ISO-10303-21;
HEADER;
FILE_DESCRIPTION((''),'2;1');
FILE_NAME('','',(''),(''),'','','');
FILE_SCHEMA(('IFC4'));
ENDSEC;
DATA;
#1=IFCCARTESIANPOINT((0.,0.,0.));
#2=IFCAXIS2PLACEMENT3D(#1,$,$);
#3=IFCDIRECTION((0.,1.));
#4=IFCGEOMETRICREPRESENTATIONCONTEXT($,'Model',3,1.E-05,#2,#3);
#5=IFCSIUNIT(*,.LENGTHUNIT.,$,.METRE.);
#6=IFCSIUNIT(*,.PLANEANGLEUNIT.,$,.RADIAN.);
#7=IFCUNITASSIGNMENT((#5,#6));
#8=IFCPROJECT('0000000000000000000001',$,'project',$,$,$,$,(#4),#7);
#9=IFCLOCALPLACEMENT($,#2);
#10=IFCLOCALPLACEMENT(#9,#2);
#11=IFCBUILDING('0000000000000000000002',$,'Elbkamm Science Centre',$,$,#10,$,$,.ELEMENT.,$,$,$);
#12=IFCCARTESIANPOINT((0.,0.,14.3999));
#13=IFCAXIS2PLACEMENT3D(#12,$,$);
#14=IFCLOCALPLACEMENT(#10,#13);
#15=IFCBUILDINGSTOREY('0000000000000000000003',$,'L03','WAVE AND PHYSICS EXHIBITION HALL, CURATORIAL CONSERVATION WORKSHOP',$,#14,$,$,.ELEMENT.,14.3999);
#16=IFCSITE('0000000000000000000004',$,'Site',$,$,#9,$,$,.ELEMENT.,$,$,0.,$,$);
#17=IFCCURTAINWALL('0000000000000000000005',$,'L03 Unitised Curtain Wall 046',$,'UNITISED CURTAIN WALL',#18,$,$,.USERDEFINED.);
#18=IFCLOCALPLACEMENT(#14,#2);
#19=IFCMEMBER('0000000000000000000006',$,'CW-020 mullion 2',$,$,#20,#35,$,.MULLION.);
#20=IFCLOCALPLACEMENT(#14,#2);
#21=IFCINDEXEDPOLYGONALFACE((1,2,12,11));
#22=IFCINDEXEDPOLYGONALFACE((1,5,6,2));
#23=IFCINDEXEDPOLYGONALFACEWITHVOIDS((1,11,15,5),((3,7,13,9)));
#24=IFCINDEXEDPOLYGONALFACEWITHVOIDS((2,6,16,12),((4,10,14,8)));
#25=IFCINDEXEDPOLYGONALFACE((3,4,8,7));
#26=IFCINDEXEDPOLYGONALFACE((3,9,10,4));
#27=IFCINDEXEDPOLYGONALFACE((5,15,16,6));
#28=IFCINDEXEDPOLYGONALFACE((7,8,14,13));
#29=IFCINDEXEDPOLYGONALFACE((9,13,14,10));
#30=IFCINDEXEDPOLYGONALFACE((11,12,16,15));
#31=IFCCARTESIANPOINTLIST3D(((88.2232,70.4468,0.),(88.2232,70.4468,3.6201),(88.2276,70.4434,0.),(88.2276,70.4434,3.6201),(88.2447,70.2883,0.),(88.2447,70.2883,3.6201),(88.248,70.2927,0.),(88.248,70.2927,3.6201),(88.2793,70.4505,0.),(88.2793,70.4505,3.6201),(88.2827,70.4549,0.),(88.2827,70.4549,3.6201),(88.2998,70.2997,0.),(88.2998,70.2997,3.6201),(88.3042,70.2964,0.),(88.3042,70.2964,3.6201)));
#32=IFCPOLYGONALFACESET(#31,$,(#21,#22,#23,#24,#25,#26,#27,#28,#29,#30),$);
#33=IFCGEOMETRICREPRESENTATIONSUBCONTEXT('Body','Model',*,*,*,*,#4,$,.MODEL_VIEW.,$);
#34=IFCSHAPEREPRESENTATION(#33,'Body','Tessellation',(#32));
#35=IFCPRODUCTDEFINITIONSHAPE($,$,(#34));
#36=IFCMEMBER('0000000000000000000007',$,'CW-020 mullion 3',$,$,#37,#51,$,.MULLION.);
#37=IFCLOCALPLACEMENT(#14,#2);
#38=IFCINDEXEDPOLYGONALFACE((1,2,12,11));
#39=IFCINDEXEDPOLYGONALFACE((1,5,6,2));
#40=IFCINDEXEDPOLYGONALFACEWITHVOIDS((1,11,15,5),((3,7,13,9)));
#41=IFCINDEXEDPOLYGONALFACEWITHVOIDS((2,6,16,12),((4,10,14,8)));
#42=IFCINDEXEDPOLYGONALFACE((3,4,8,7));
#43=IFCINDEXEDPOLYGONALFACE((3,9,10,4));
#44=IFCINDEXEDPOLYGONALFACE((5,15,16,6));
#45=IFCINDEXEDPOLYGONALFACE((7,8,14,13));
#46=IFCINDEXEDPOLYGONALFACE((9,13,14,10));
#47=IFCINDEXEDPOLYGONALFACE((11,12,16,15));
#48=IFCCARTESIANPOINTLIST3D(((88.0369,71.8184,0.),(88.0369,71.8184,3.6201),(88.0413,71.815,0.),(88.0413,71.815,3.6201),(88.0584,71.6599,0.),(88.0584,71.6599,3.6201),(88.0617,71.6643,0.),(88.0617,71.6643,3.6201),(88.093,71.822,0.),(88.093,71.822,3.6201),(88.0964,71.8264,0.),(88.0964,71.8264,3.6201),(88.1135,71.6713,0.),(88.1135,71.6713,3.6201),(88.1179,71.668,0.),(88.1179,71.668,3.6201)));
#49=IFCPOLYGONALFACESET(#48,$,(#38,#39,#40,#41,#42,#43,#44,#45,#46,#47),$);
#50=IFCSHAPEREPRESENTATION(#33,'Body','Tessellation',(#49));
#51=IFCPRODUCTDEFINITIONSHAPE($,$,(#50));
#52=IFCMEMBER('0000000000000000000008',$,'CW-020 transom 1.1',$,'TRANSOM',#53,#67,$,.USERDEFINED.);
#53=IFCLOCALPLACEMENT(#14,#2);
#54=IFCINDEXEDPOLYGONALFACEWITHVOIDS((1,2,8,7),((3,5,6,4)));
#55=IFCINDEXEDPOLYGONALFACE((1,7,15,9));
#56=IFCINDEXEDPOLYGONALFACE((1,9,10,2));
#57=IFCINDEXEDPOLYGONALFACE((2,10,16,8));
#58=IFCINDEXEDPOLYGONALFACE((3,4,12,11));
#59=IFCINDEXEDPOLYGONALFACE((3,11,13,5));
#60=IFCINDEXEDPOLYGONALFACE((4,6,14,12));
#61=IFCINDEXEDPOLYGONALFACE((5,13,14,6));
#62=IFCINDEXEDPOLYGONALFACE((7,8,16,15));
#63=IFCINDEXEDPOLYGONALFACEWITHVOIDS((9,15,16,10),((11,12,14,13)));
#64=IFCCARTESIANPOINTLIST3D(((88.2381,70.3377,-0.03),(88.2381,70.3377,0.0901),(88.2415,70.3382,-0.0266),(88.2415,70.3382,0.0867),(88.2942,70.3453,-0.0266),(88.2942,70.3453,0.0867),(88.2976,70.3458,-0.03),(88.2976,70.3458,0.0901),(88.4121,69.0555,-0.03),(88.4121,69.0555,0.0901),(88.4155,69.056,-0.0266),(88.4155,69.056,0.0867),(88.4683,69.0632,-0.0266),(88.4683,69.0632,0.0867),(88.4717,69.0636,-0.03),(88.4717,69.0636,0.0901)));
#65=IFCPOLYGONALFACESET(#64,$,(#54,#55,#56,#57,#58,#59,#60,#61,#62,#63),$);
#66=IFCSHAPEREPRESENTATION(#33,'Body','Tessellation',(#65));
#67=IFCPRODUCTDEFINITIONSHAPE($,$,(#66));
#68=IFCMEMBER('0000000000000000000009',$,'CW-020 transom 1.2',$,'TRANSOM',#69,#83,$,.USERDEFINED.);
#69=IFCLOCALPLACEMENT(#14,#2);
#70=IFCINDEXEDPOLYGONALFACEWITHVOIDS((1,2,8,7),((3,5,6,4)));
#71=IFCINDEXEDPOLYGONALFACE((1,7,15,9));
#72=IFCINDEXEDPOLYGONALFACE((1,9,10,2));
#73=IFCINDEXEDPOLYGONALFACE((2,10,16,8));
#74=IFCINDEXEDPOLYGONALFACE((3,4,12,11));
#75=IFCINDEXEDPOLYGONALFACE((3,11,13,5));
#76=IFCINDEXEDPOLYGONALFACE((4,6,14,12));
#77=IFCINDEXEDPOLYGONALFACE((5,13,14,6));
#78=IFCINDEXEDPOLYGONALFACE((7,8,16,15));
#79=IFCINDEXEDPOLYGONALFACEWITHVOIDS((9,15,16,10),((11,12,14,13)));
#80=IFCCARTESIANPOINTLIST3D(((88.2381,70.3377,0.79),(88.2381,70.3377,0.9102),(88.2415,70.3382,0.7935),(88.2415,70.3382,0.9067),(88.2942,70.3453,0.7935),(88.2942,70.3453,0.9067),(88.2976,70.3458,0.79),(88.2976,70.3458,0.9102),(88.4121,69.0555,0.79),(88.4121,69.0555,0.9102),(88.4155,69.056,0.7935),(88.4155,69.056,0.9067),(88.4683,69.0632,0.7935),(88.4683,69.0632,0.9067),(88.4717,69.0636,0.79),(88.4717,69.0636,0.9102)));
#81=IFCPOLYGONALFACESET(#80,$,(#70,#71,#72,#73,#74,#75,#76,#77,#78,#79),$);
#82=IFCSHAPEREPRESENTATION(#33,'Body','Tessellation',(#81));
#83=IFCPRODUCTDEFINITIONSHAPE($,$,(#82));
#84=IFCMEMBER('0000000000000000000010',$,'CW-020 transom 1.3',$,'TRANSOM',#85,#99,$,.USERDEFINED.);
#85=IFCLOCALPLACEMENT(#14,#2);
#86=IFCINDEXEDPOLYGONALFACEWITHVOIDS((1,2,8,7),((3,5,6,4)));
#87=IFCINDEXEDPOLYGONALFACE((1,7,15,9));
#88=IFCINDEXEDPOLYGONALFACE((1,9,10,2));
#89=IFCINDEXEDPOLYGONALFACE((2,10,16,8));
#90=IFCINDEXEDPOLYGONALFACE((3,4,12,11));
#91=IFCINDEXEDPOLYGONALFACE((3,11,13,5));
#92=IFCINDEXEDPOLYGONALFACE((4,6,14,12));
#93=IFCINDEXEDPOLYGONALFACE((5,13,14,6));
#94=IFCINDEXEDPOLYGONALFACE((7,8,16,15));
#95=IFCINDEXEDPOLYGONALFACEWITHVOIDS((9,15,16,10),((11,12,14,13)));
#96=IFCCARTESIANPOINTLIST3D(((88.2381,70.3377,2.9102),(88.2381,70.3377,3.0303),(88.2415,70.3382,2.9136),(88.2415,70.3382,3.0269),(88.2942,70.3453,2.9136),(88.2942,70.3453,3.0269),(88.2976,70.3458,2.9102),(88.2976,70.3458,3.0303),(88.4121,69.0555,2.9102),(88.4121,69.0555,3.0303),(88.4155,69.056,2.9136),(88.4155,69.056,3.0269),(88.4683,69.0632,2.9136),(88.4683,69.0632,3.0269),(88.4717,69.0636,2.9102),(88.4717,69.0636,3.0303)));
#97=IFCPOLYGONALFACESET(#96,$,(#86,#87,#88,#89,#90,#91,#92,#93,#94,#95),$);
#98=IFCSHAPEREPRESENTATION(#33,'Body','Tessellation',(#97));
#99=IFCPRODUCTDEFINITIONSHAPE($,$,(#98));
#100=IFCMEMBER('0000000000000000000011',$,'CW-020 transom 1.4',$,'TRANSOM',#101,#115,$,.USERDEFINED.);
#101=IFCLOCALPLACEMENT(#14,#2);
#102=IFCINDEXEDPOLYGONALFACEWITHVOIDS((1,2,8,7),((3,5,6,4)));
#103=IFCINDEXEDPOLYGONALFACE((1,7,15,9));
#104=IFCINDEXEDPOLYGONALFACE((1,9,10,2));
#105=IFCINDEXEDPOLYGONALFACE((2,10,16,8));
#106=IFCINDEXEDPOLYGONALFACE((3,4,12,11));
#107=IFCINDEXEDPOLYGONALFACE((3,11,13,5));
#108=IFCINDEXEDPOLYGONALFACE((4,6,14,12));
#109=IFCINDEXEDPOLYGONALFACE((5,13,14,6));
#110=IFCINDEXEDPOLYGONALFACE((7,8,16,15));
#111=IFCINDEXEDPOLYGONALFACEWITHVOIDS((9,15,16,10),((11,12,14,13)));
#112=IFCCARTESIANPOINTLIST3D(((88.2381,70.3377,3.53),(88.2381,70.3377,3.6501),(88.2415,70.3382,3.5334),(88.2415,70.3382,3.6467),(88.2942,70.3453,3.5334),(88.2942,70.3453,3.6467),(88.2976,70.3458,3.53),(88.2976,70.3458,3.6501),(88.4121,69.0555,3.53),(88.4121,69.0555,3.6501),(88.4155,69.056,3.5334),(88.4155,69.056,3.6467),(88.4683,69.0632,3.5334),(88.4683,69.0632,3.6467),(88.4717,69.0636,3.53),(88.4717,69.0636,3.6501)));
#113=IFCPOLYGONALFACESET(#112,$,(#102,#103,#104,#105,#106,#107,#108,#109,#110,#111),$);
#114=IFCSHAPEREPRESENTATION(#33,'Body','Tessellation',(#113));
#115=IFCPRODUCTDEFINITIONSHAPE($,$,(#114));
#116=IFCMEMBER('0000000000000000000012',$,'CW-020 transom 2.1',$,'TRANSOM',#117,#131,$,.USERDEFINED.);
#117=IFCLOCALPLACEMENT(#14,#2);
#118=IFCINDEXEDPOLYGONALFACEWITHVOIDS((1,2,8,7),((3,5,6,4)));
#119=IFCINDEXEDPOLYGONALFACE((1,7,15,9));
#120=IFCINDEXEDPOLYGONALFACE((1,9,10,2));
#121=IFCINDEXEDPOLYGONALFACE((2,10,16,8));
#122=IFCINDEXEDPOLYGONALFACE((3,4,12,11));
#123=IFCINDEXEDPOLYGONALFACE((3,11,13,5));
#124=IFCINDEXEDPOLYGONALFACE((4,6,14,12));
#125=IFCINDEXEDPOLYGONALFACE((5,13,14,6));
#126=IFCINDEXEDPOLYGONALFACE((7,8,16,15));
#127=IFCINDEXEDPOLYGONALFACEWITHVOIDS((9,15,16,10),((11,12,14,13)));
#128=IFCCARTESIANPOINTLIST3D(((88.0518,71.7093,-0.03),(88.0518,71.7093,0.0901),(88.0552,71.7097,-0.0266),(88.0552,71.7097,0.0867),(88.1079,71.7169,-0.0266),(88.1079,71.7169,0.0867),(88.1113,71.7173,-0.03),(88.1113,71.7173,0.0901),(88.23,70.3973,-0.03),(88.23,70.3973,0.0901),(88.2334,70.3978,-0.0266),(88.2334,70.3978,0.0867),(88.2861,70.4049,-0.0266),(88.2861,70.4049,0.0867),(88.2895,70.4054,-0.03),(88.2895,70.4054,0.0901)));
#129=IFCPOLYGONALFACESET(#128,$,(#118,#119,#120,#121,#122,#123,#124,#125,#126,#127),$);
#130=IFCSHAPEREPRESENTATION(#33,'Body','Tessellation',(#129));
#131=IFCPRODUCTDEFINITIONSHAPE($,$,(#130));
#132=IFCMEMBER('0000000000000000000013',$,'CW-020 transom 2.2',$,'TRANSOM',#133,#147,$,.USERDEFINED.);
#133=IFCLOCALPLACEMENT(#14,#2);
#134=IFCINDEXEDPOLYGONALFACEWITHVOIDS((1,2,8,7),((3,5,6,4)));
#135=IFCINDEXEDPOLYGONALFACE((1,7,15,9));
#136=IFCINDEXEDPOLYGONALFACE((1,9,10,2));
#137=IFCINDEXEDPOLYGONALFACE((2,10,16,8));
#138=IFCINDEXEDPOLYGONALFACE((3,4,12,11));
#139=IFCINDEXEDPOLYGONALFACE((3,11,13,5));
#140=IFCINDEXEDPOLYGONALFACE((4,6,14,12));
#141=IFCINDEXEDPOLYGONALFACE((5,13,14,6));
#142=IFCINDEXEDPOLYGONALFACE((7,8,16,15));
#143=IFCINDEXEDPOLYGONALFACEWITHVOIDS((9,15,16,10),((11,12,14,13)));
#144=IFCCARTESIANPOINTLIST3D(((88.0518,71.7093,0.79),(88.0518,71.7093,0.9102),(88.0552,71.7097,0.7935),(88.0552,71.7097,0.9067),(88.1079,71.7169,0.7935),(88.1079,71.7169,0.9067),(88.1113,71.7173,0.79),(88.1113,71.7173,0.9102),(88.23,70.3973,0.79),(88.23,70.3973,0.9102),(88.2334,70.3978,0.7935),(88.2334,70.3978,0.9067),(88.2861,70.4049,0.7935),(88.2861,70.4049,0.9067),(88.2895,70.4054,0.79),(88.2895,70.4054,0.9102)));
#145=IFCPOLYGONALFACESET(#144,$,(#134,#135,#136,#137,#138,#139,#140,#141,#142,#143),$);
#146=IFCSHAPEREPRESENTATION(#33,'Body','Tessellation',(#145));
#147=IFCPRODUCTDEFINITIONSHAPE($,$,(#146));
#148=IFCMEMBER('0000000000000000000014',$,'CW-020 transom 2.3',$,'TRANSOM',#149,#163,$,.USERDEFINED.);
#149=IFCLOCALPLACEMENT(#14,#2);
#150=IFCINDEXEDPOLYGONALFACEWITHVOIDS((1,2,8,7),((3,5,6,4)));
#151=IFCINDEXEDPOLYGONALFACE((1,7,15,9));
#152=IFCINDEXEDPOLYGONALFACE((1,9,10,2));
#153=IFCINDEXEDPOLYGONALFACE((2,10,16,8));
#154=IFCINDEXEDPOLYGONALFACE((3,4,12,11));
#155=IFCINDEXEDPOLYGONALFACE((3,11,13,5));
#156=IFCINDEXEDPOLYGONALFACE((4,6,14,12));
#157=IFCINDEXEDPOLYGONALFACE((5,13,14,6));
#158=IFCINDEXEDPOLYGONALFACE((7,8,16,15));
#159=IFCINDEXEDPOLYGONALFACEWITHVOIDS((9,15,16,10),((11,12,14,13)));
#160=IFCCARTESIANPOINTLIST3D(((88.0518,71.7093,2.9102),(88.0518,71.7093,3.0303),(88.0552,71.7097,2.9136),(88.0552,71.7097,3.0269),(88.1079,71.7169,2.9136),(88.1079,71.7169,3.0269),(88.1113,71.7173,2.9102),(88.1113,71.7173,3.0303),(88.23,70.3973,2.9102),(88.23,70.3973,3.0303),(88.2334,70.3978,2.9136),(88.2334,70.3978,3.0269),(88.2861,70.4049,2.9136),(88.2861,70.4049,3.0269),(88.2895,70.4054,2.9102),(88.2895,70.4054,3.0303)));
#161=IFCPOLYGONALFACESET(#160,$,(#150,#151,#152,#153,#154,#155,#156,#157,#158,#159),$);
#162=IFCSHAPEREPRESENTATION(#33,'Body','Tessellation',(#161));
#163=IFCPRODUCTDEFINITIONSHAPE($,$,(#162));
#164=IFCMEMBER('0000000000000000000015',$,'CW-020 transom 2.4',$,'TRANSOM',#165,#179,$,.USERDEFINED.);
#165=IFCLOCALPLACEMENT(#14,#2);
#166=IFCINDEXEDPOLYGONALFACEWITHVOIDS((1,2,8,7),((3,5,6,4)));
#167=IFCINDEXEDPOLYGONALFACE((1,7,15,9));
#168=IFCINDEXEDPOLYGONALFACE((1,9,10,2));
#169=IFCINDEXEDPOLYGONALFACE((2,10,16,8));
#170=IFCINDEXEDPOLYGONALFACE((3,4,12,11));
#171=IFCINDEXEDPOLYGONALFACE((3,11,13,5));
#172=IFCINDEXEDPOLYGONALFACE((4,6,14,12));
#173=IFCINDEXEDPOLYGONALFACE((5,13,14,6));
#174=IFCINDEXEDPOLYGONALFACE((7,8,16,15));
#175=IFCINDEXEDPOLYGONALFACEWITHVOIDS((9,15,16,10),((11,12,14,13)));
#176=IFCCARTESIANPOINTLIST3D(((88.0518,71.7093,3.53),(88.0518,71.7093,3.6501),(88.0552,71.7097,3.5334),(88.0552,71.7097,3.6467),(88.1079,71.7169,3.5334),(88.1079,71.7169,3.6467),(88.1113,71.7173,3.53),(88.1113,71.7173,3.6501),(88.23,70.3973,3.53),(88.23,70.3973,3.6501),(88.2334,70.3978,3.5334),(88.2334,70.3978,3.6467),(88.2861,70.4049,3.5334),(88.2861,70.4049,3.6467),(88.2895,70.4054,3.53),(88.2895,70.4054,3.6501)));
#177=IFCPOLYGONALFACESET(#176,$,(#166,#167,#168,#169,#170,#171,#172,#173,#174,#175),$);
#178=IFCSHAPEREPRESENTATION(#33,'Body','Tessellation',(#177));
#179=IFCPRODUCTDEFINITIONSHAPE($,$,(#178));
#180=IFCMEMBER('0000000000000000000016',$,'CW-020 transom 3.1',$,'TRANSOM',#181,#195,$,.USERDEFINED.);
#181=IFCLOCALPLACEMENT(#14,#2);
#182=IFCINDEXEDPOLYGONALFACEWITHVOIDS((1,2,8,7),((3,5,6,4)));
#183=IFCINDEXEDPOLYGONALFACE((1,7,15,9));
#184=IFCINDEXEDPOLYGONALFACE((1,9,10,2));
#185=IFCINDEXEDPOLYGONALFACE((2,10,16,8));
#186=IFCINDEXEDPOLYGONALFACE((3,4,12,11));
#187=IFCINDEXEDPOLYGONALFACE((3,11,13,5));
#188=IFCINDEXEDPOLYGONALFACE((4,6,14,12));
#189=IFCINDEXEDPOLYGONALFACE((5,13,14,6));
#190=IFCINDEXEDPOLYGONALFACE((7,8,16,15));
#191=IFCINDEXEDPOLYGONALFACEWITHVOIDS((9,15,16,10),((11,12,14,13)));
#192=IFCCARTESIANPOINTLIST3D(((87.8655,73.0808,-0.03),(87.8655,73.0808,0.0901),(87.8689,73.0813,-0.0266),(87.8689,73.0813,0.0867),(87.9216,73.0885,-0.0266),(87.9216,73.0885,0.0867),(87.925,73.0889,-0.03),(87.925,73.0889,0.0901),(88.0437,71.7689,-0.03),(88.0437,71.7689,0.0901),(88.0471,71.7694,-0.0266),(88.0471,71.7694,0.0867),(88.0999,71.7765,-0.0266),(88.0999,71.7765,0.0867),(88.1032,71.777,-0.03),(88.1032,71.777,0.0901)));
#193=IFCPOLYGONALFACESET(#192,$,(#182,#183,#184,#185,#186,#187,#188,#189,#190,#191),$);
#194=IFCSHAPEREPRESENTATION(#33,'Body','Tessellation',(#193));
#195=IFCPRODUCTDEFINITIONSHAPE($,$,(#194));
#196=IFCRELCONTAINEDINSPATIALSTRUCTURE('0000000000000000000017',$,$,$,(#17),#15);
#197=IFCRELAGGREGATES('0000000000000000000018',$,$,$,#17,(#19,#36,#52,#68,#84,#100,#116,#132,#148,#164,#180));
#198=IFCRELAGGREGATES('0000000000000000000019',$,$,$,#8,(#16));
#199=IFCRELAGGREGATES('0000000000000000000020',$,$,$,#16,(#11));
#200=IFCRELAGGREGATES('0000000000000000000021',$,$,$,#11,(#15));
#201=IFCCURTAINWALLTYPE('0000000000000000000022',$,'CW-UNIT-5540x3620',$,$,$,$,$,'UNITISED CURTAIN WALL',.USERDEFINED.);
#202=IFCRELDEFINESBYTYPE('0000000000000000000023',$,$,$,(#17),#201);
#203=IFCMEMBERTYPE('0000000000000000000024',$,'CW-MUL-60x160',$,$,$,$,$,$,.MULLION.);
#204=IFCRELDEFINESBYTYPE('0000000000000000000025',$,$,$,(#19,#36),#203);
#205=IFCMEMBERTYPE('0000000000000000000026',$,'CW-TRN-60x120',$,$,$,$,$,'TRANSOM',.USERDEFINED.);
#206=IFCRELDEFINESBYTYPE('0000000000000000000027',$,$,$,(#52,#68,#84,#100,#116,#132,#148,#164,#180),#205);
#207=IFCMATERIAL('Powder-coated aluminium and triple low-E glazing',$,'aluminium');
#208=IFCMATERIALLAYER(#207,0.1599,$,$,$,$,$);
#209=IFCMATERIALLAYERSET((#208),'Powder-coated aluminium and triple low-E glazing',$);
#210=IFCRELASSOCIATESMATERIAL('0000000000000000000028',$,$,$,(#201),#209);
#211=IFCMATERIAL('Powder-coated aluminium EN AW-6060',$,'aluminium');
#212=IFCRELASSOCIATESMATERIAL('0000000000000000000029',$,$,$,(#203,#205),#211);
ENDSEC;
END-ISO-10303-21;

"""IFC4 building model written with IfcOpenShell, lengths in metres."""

from ifc_helpers import new_model, si_unit, direction, frame, origin, origin_2d, place, context, subcontext, project, spatial, hollow_rectangle, extrude, material, layer, layer_set, material_profile, profile_set, type_object, element, aggregate, save


model = new_model("IFC4")

# Units and contexts
model_context = context("Model", 3, precision=1e-05, world=origin(), true_north=direction((0.0, 1.0)))
body_context = subcontext(model_context, "Body", "Model", "MODEL_VIEW")
ifc_project = project(units=[si_unit("LENGTHUNIT", "METRE"), si_unit("PLANEANGLEUNIT", "RADIAN")], contexts=[model_context])

# Site, building, storey
site_placement = place(None, origin())
site = spatial("IfcSite", under=ifc_project, at=site_placement, Name="Site", CompositionType="ELEMENT", RefElevation=0.0)
building_placement = place(site_placement, origin())
building = spatial("IfcBuilding", under=site, at=building_placement, Name="Elbkamm Science Centre", CompositionType="ELEMENT")
storey_placement = place(building_placement, frame((0.0, 0.0, 14.3999)))
storey = spatial("IfcBuildingStorey", under=building, at=storey_placement, Name="L03", Description="WAVE AND PHYSICS EXHIBITION HALL, CURATORIAL CONSERVATION WORKSHOP", CompositionType="ELEMENT", Elevation=14.3999)

# Curtain wall, members
ifc_material_1 = material(Name="Powder-coated aluminium and triple low-E glazing", Category="aluminium")
ifc_layer_1 = layer(ifc_material_1, 0.1599)
ifc_layer_set_1 = layer_set([ifc_layer_1], Name="Powder-coated aluminium and triple low-E glazing")
curtain_wall_type = type_object("IfcCurtainWallType", Name="CW-UNIT-5540x3620", ElementType="UNITISED CURTAIN WALL", PredefinedType="USERDEFINED", material=ifc_layer_set_1)
curtain_wall_placement = place(storey_placement, origin())
curtain_wall = element("IfcCurtainWall", 1, at=curtain_wall_placement, inside=storey, type_object=curtain_wall_type, Name="L03 Unitised Curtain Wall 046", ObjectType="UNITISED CURTAIN WALL", PredefinedType="USERDEFINED")
ifc_material_2 = material(Name="Powder-coated aluminium EN AW-6060", Category="aluminium")
ifc_material_profile_1 = material_profile(ifc_material_2, hollow_rectangle(XDim=0.0601, YDim=0.1599, WallThickness=0.0039, at=origin_2d()), Name="ALU M60x160")
ifc_profile_set_1 = profile_set([ifc_material_profile_1], Name="Powder-coated aluminium EN AW-6060")
member_type_1 = type_object("IfcMemberType", Name="CW-MUL-60x160", PredefinedType="MULLION", material=ifc_profile_set_1)
member_1_placement = place(storey_placement, frame((88.2637, 70.3716, 0.0), z_axis=(0.0, 0.0, 1.0), x_axis=(-0.990903, -0.134576, 0.0)))
member_1 = element("IfcMember", 2, at=member_1_placement, type_object=member_type_1, Name="CW-020 mullion 2", PredefinedType="MULLION", context=body_context, shape_type="SweptSolid", body=[
    extrude(hollow_rectangle(XDim=0.0601, YDim=0.1599, WallThickness=0.0039, at=origin_2d()), origin(), (0.0, 0.0, 1.0), 3.6201),
])
member_2_placement = place(storey_placement, frame((88.0774, 71.7432, 0.0), z_axis=(0.0, 0.0, 1.0), x_axis=(-0.990903, -0.134576, 0.0)))
member_2 = element("IfcMember", 3, at=member_2_placement, type_object=member_type_1, Name="CW-020 mullion 3", PredefinedType="MULLION", context=body_context, shape_type="SweptSolid", body=[
    extrude(hollow_rectangle(XDim=0.0601, YDim=0.1599, WallThickness=0.0039, at=origin_2d()), origin(), (0.0, 0.0, 1.0), 3.6201),
])
ifc_material_profile_2 = material_profile(ifc_material_2, hollow_rectangle(XDim=0.0601, YDim=0.1201, WallThickness=0.0034, at=origin_2d()), Name="ALU T60x120")
ifc_profile_set_2 = profile_set([ifc_material_profile_2], Name="Powder-coated aluminium EN AW-6060")
member_type_2 = type_object("IfcMemberType", Name="CW-TRN-60x120", ElementType="TRANSOM", PredefinedType="USERDEFINED", material=ifc_profile_set_2)
member_3_placement = place(storey_placement, frame((88.4419, 69.0596, 0.03), z_axis=(-0.134524, 0.99091, 0.0), x_axis=(-0.99091, -0.134524, 0.0)))
member_3 = element("IfcMember", 4, at=member_3_placement, type_object=member_type_2, Name="CW-020 transom 1.1", ObjectType="TRANSOM", PredefinedType="USERDEFINED", context=body_context, shape_type="SweptSolid", body=[
    extrude(hollow_rectangle(XDim=0.0601, YDim=0.1201, WallThickness=0.0034, at=origin_2d()), origin(), (0.0, 0.0, 1.0), 1.2939),
])
member_4_placement = place(storey_placement, frame((88.4419, 69.0596, 0.8501), z_axis=(-0.134524, 0.99091, 0.0), x_axis=(-0.99091, -0.134524, 0.0)))
member_4 = element("IfcMember", 5, at=member_4_placement, type_object=member_type_2, Name="CW-020 transom 1.2", ObjectType="TRANSOM", PredefinedType="USERDEFINED", context=body_context, shape_type="SweptSolid", body=[
    extrude(hollow_rectangle(XDim=0.0601, YDim=0.1201, WallThickness=0.0034, at=origin_2d()), origin(), (0.0, 0.0, 1.0), 1.2939),
])
member_5_placement = place(storey_placement, frame((88.4419, 69.0596, 2.9702), z_axis=(-0.134524, 0.99091, 0.0), x_axis=(-0.99091, -0.134524, 0.0)))
member_5 = element("IfcMember", 6, at=member_5_placement, type_object=member_type_2, Name="CW-020 transom 1.3", ObjectType="TRANSOM", PredefinedType="USERDEFINED", context=body_context, shape_type="SweptSolid", body=[
    extrude(hollow_rectangle(XDim=0.0601, YDim=0.1201, WallThickness=0.0034, at=origin_2d()), origin(), (0.0, 0.0, 1.0), 1.2939),
])
member_6_placement = place(storey_placement, frame((88.4419, 69.0596, 3.5901), z_axis=(-0.134524, 0.99091, 0.0), x_axis=(-0.99091, -0.134524, 0.0)))
member_6 = element("IfcMember", 7, at=member_6_placement, type_object=member_type_2, Name="CW-020 transom 1.4", ObjectType="TRANSOM", PredefinedType="USERDEFINED", context=body_context, shape_type="SweptSolid", body=[
    extrude(hollow_rectangle(XDim=0.0601, YDim=0.1201, WallThickness=0.0034, at=origin_2d()), origin(), (0.0, 0.0, 1.0), 1.2939),
])
member_7_placement = place(storey_placement, frame((88.2598, 70.4014, 0.03), z_axis=(-0.134603, 0.9909, 0.0), x_axis=(-0.9909, -0.134603, 0.0)))
member_7 = element("IfcMember", 8, at=member_7_placement, type_object=member_type_2, Name="CW-020 transom 2.1", ObjectType="TRANSOM", PredefinedType="USERDEFINED", context=body_context, shape_type="SweptSolid", body=[
    extrude(hollow_rectangle(XDim=0.0601, YDim=0.1201, WallThickness=0.0034, at=origin_2d()), origin(), (0.0, 0.0, 1.0), 1.324),
])
member_8_placement = place(storey_placement, frame((88.2598, 70.4014, 0.8501), z_axis=(-0.134603, 0.9909, 0.0), x_axis=(-0.9909, -0.134603, 0.0)))
member_8 = element("IfcMember", 9, at=member_8_placement, type_object=member_type_2, Name="CW-020 transom 2.2", ObjectType="TRANSOM", PredefinedType="USERDEFINED", context=body_context, shape_type="SweptSolid", body=[
    extrude(hollow_rectangle(XDim=0.0601, YDim=0.1201, WallThickness=0.0034, at=origin_2d()), origin(), (0.0, 0.0, 1.0), 1.324),
])
member_9_placement = place(storey_placement, frame((88.2598, 70.4014, 2.9702), z_axis=(-0.134603, 0.9909, 0.0), x_axis=(-0.9909, -0.134603, 0.0)))
member_9 = element("IfcMember", 10, at=member_9_placement, type_object=member_type_2, Name="CW-020 transom 2.3", ObjectType="TRANSOM", PredefinedType="USERDEFINED", context=body_context, shape_type="SweptSolid", body=[
    extrude(hollow_rectangle(XDim=0.0601, YDim=0.1201, WallThickness=0.0034, at=origin_2d()), origin(), (0.0, 0.0, 1.0), 1.324),
])
member_10_placement = place(storey_placement, frame((88.2598, 70.4014, 3.5901), z_axis=(-0.134603, 0.9909, 0.0), x_axis=(-0.9909, -0.134603, 0.0)))
member_10 = element("IfcMember", 11, at=member_10_placement, type_object=member_type_2, Name="CW-020 transom 2.4", ObjectType="TRANSOM", PredefinedType="USERDEFINED", context=body_context, shape_type="SweptSolid", body=[
    extrude(hollow_rectangle(XDim=0.0601, YDim=0.1201, WallThickness=0.0034, at=origin_2d()), origin(), (0.0, 0.0, 1.0), 1.324),
])
member_11_placement = place(storey_placement, frame((88.0735, 71.7729, 0.03), z_axis=(-0.134603, 0.9909, 0.0), x_axis=(-0.9909, -0.134603, 0.0)))
member_11 = element("IfcMember", 12, at=member_11_placement, type_object=member_type_2, Name="CW-020 transom 3.1", ObjectType="TRANSOM", PredefinedType="USERDEFINED", context=body_context, shape_type="SweptSolid", body=[
    extrude(hollow_rectangle(XDim=0.0601, YDim=0.1201, WallThickness=0.0034, at=origin_2d()), origin(), (0.0, 0.0, 1.0), 1.324),
])
aggregate(curtain_wall, [member_1, member_2, member_3, member_4, member_5, member_6, member_7, member_8, member_9, member_10, member_11])

save(model, "model.ifc")
